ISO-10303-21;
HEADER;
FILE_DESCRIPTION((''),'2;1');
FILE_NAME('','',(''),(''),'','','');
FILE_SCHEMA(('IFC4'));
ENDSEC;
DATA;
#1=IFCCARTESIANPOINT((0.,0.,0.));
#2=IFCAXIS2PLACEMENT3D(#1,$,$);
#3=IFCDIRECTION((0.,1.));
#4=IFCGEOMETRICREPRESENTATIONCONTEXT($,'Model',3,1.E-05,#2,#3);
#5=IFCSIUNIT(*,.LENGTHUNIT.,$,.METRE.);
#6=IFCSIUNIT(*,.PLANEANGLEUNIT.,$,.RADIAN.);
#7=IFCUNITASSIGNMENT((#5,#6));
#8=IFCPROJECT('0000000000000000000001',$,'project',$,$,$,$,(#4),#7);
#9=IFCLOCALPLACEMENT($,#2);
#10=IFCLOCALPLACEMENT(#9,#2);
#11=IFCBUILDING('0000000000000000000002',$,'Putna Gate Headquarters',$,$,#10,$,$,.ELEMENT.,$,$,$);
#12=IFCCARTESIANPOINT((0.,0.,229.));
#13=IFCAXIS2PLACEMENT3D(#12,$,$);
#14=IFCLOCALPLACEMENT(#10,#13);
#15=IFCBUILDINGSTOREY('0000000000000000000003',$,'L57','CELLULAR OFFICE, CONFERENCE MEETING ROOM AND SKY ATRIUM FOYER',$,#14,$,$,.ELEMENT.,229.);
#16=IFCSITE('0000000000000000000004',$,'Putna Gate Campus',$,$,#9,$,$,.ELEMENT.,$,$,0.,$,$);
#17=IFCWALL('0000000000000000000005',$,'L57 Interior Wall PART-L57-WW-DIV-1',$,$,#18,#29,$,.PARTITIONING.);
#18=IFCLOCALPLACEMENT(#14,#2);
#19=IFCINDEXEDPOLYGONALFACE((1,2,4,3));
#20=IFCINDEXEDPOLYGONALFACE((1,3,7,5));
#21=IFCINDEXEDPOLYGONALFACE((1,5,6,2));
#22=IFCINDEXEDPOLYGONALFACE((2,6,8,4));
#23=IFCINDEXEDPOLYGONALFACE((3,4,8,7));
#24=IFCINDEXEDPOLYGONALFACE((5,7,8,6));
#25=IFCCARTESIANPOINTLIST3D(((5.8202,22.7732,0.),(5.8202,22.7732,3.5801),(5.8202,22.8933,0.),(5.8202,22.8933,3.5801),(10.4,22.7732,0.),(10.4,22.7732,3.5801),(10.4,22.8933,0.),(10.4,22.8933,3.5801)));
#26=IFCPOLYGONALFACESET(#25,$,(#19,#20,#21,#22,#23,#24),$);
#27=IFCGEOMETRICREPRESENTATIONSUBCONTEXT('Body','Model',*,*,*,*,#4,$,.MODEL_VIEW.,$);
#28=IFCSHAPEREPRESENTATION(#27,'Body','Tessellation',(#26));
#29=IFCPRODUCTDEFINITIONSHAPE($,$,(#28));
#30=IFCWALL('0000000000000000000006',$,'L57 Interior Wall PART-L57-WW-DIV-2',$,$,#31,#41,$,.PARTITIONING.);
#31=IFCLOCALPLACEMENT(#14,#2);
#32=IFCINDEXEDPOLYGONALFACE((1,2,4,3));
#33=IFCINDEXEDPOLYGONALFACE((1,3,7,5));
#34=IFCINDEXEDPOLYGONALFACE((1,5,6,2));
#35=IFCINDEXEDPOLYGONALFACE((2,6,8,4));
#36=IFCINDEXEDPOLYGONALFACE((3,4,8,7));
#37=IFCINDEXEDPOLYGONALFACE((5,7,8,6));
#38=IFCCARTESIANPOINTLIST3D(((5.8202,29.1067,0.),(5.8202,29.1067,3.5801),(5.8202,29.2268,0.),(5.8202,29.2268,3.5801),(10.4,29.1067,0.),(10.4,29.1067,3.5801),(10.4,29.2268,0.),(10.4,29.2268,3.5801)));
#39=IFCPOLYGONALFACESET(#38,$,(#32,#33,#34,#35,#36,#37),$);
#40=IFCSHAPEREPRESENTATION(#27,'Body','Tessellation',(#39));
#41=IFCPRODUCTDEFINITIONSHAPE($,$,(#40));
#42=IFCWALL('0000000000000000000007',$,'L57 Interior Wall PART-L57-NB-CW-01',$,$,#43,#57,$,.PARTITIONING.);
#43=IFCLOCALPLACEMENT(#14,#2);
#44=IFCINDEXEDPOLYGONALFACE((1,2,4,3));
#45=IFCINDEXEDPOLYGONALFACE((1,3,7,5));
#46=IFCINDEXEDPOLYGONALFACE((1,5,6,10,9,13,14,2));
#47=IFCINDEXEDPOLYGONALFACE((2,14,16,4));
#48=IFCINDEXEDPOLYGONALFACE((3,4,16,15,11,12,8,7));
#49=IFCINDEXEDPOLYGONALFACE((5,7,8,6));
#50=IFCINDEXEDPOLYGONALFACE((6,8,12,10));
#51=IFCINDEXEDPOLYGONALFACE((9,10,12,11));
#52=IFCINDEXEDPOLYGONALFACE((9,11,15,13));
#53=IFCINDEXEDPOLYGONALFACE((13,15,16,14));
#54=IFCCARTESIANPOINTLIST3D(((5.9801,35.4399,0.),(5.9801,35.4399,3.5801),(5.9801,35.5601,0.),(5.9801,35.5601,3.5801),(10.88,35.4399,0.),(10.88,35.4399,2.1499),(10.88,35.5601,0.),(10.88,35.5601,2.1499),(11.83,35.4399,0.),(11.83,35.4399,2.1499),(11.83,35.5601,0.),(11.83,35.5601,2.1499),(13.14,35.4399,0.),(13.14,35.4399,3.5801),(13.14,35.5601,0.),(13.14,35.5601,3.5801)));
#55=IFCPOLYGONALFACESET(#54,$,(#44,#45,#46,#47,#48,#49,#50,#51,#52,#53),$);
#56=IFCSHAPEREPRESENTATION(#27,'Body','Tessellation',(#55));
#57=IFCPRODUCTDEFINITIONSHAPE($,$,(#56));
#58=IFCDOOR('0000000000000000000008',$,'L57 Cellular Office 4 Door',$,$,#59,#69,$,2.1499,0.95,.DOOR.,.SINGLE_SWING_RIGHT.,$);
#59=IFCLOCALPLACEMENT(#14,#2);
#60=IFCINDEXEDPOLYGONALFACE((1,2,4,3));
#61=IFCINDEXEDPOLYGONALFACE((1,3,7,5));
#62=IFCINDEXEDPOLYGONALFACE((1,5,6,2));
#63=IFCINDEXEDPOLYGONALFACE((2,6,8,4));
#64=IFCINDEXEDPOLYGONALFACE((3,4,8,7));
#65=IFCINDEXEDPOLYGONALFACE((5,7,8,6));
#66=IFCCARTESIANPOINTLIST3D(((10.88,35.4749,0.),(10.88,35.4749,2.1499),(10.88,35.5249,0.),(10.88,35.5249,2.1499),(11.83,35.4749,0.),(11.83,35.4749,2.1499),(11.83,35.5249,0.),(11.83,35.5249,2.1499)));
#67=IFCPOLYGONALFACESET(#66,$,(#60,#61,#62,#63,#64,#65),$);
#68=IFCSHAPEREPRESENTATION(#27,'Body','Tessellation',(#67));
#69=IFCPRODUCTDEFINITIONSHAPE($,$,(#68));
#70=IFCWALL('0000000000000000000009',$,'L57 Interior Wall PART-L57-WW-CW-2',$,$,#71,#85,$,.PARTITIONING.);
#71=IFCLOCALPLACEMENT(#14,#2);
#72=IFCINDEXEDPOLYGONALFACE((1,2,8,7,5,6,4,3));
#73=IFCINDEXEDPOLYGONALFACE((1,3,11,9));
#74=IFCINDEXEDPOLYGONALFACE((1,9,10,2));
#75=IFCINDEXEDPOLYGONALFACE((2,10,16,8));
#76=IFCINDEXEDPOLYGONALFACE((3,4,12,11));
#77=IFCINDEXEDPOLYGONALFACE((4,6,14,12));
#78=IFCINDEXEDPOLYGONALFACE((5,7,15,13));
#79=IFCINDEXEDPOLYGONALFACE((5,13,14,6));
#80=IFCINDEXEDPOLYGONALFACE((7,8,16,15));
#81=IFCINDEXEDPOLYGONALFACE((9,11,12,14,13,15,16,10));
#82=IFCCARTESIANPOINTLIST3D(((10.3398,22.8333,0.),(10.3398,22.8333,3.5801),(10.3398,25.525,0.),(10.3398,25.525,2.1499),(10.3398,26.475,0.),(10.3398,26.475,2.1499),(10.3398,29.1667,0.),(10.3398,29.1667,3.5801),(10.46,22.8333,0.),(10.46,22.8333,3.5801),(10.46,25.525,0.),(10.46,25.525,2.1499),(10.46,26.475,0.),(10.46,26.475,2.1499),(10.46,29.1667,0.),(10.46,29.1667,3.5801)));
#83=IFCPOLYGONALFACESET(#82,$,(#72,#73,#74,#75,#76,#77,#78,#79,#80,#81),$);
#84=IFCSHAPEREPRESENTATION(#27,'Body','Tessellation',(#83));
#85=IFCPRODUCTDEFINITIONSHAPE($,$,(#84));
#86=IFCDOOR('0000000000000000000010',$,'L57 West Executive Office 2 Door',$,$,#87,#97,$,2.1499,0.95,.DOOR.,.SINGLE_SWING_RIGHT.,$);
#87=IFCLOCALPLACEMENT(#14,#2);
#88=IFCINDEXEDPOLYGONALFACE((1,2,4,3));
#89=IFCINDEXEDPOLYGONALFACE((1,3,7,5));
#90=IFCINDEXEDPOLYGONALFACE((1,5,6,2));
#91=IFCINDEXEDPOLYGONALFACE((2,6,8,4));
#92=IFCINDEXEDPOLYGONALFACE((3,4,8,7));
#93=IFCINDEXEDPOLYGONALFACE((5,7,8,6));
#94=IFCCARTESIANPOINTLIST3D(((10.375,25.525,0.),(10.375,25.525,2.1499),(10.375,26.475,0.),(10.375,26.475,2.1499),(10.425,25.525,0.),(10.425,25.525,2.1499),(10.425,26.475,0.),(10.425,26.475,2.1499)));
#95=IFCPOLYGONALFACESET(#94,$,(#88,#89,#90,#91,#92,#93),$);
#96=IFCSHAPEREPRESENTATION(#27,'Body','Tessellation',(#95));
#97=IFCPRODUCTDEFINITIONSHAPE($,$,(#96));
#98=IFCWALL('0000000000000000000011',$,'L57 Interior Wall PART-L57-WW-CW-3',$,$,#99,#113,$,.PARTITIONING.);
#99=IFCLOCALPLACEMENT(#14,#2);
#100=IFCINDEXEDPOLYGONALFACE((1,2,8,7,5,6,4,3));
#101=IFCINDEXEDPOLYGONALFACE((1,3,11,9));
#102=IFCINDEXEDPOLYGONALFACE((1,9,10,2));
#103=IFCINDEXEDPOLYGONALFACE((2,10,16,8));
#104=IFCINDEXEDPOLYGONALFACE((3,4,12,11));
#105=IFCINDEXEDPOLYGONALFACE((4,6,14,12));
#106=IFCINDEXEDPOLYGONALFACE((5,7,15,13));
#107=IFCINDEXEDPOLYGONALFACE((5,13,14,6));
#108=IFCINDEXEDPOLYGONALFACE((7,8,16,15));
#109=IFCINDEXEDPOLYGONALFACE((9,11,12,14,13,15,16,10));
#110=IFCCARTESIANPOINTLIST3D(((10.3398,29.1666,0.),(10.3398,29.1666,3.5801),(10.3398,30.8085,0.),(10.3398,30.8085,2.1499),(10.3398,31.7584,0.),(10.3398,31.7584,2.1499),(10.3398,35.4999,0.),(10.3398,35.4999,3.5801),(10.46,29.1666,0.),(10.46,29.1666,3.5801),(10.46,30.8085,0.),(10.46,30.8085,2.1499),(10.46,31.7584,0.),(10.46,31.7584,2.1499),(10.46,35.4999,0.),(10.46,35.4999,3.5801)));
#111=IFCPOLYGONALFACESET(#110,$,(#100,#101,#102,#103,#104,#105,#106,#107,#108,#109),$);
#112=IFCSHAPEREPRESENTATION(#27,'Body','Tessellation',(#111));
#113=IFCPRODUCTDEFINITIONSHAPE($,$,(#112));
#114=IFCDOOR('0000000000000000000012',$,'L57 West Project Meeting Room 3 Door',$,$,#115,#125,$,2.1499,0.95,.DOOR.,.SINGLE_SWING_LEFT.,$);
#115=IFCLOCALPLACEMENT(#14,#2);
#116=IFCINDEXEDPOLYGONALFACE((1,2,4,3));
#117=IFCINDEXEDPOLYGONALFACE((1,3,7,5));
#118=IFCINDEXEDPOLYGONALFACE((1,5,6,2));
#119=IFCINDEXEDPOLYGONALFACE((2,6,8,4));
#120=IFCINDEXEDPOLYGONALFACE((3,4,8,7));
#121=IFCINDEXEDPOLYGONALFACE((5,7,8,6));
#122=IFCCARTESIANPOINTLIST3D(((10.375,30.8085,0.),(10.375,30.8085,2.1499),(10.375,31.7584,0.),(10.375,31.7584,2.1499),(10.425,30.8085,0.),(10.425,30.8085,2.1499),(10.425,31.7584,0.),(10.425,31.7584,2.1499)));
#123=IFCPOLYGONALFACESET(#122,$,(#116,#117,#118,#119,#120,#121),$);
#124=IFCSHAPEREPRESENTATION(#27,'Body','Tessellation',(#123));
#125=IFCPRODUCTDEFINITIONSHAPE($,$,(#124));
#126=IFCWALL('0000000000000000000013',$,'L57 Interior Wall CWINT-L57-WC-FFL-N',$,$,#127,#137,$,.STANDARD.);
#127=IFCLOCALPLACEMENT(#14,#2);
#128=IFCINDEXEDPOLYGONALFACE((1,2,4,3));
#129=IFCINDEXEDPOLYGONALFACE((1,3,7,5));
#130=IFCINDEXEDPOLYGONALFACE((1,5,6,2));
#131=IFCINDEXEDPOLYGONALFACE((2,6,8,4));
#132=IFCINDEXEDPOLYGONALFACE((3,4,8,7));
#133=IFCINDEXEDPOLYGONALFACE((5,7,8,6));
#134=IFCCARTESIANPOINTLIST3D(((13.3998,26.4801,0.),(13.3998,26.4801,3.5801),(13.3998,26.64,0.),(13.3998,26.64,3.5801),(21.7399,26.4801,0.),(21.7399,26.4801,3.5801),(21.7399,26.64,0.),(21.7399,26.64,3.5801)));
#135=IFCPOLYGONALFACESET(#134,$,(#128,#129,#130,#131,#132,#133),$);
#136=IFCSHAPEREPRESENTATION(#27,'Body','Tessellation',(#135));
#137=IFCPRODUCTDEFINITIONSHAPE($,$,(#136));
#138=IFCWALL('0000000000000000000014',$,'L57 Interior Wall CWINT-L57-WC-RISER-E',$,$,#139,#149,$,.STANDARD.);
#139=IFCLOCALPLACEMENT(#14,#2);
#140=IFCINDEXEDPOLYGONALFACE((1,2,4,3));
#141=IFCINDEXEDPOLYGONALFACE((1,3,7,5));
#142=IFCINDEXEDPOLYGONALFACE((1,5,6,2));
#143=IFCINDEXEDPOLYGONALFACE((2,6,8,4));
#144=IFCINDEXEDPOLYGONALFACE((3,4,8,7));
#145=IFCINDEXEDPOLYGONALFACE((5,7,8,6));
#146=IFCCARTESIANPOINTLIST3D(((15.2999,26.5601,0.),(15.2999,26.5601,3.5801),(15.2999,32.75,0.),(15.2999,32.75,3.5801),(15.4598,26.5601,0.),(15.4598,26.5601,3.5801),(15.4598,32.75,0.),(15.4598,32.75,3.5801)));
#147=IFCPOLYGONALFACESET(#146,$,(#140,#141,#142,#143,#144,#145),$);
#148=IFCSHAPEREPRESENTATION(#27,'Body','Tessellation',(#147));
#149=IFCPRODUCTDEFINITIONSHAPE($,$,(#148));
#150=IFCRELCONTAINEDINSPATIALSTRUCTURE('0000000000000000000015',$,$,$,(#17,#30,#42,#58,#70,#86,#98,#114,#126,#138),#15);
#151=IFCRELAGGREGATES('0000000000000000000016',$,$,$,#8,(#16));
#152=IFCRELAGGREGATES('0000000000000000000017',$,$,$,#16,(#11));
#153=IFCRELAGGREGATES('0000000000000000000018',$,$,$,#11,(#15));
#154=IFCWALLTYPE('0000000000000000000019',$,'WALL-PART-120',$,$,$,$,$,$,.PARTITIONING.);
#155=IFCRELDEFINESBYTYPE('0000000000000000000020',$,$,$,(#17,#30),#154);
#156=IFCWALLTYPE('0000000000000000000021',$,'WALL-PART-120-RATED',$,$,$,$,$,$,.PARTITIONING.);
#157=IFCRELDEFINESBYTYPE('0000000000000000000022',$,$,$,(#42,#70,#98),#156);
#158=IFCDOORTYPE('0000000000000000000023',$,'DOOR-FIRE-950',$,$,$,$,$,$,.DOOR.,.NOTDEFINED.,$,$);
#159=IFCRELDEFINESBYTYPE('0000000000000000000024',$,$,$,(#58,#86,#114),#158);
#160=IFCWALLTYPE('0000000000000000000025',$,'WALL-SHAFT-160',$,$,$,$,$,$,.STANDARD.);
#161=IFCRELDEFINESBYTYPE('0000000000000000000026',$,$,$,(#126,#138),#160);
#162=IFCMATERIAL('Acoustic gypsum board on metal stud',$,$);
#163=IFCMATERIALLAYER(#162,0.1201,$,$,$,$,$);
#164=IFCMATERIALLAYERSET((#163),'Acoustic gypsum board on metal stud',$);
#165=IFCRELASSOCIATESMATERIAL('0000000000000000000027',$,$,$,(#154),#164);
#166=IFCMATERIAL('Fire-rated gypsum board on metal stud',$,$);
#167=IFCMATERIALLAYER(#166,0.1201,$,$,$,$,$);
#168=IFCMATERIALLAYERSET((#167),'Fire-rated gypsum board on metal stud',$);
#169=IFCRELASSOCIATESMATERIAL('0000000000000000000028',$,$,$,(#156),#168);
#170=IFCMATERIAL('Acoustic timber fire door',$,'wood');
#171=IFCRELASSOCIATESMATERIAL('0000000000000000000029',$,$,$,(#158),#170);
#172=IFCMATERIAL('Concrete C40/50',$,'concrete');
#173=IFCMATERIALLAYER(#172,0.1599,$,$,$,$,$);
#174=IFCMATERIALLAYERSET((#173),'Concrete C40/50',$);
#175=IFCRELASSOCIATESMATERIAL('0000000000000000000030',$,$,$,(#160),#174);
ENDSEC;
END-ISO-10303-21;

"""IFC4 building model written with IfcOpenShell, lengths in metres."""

from ifc_helpers import new_model, si_unit, direction, frame, frame_2d, origin, place, context, subcontext, project, spatial, rectangle, extrude, material, layer, layer_set, type_object, element, fill, save


model = new_model("IFC4")

# Units and contexts
model_context = context("Model", 3, precision=1e-05, world=origin(), true_north=direction((0.0, 1.0)))
body_context = subcontext(model_context, "Body", "Model", "MODEL_VIEW")
ifc_project = project(units=[si_unit("LENGTHUNIT", "METRE"), si_unit("PLANEANGLEUNIT", "RADIAN")], contexts=[model_context])

# Site, building, storey
site_placement = place(None, origin())
site = spatial("IfcSite", under=ifc_project, at=site_placement, Name="Putna Gate Campus", CompositionType="ELEMENT", RefElevation=0.0)
building_placement = place(site_placement, origin())
building = spatial("IfcBuilding", under=site, at=building_placement, Name="Putna Gate Headquarters", CompositionType="ELEMENT")
storey_placement = place(building_placement, frame((0.0, 0.0, 229.0)))
storey = spatial("IfcBuildingStorey", under=building, at=storey_placement, Name="L57", Description="CELLULAR OFFICE, CONFERENCE MEETING ROOM AND SKY ATRIUM FOYER", CompositionType="ELEMENT", Elevation=229.0)

# Walls
ifc_material_1 = material(Name="Acoustic gypsum board on metal stud")
ifc_layer_1 = layer(ifc_material_1, 0.1201)
ifc_layer_set_1 = layer_set([ifc_layer_1], Name="Acoustic gypsum board on metal stud")
wall_type_1 = type_object("IfcWallType", Name="WALL-PART-120", PredefinedType="PARTITIONING", material=ifc_layer_set_1)
for number, where, z_axis, x_axis, name in (
    (1, (5.8201, 22.8333, 0.0), (0.0, 0.0, 1.0), (1.0, 0.0, 0.0), "L57 Interior Wall PART-L57-WW-DIV-1"),
    (2, (5.8201, 29.1667, 0.0), (0.0, 0.0, 1.0), (1.0, 0.0, 0.0), "L57 Interior Wall PART-L57-WW-DIV-2"),
):
    element("IfcWall", number, at=place(storey_placement, frame(where, z_axis=z_axis, x_axis=x_axis)), inside=storey, type_object=wall_type_1, Name=name, PredefinedType="PARTITIONING", context=body_context, shape_type="SweptSolid", body=[
        extrude(rectangle(XDim=4.5798, YDim=0.1201, at=frame_2d((2.29, 0.0))), origin(), (0.0, 0.0, 1.0), 3.5801),
    ])

# Walls, openings, doors
ifc_material_2 = material(Name="Fire-rated gypsum board on metal stud")
ifc_layer_2 = layer(ifc_material_2, 0.1201)
ifc_layer_set_2 = layer_set([ifc_layer_2], Name="Fire-rated gypsum board on metal stud")
wall_type_2 = type_object("IfcWallType", Name="WALL-PART-120-RATED", PredefinedType="PARTITIONING", material=ifc_layer_set_2)
wall_1_placement = place(storey_placement, frame((5.98, 35.5, 0.0), z_axis=(0.0, 0.0, 1.0), x_axis=(1.0, 0.0, 0.0)))
wall_1 = element("IfcWall", 3, at=wall_1_placement, inside=storey, type_object=wall_type_2, Name="L57 Interior Wall PART-L57-NB-CW-01", PredefinedType="PARTITIONING", context=body_context, shape_type="SweptSolid", body=[
    extrude(rectangle(XDim=7.1599, YDim=0.1201, at=frame_2d((3.5801, 0.0))), origin(), (0.0, 0.0, 1.0), 3.5801),
])
opening_1_placement = place(wall_1_placement, frame((4.8999, 0.0, 0.0)))
opening_1 = element("IfcOpeningElement", 4, at=opening_1_placement, cuts=wall_1, PredefinedType="OPENING", context=body_context, shape_type="SweptSolid", body=[
    extrude(rectangle(XDim=0.95, YDim=2.1499, at=frame_2d((0.4751, 1.075))), frame((0.0, 0.0701, 0.0), z_axis=(0.0, -1.0, 0.0), x_axis=(1.0, 0.0, 0.0)), (0.0, 0.0, 1.0), 0.1401),
])
ifc_material_3 = material(Name="Acoustic timber fire door", Category="wood")
door_type_1 = type_object("IfcDoorType", Name="DOOR-FIRE-950", OperationType="NOTDEFINED", PredefinedType="DOOR", material=ifc_material_3)
door_1_placement = place(opening_1_placement, origin())
door_1 = element("IfcDoor", 5, at=door_1_placement, inside=storey, type_object=door_type_1, Name="L57 Cellular Office 4 Door", OperationType="SINGLE_SWING_RIGHT", OverallHeight=2.1499, OverallWidth=0.95, PredefinedType="DOOR", context=body_context, shape_type="SweptSolid", body=[
    extrude(rectangle(XDim=0.95, YDim=2.1499, at=frame_2d((0.4751, 1.075))), frame((0.0, 0.0249, 0.0), z_axis=(0.0, -1.0, 0.0), x_axis=(1.0, 0.0, 0.0)), (0.0, 0.0, 1.0), 0.05),
])
fill(opening_1, door_1)
wall_2_placement = place(storey_placement, frame((10.3999, 22.8333, 0.0), z_axis=(0.0, 0.0, 1.0), x_axis=(0.0, 1.0, 0.0)))
wall_2 = element("IfcWall", 6, at=wall_2_placement, inside=storey, type_object=wall_type_2, Name="L57 Interior Wall PART-L57-WW-CW-2", PredefinedType="PARTITIONING", context=body_context, shape_type="SweptSolid", body=[
    extrude(rectangle(XDim=6.3335, YDim=0.1201, at=frame_2d((3.1667, 0.0))), origin(), (0.0, 0.0, 1.0), 3.5801),
])
opening_2_placement = place(wall_2_placement, frame((2.6917, 0.0, 0.0)))
opening_2 = element("IfcOpeningElement", 7, at=opening_2_placement, cuts=wall_2, PredefinedType="OPENING", context=body_context, shape_type="SweptSolid", body=[
    extrude(rectangle(XDim=0.95, YDim=2.1499, at=frame_2d((0.4751, 1.075))), frame((0.0, 0.0701, 0.0), z_axis=(0.0, -1.0, 0.0), x_axis=(1.0, 0.0, 0.0)), (0.0, 0.0, 1.0), 0.1401),
])
door_2_placement = place(opening_2_placement, origin())
door_2 = element("IfcDoor", 8, at=door_2_placement, inside=storey, type_object=door_type_1, Name="L57 West Executive Office 2 Door", OperationType="SINGLE_SWING_RIGHT", OverallHeight=2.1499, OverallWidth=0.95, PredefinedType="DOOR", context=body_context, shape_type="SweptSolid", body=[
    extrude(rectangle(XDim=0.95, YDim=2.1499, at=frame_2d((0.4751, 1.075))), frame((0.0, 0.0249, 0.0), z_axis=(0.0, -1.0, 0.0), x_axis=(1.0, 0.0, 0.0)), (0.0, 0.0, 1.0), 0.05),
])
fill(opening_2, door_2)
wall_3_placement = place(storey_placement, frame((10.3999, 29.1667, 0.0), z_axis=(0.0, 0.0, 1.0), x_axis=(0.0, 1.0, 0.0)))
wall_3 = element("IfcWall", 9, at=wall_3_placement, inside=storey, type_object=wall_type_2, Name="L57 Interior Wall PART-L57-WW-CW-3", PredefinedType="PARTITIONING", context=body_context, shape_type="SweptSolid", body=[
    extrude(rectangle(XDim=6.3333, YDim=0.1201, at=frame_2d((3.1665, 0.0))), origin(), (0.0, 0.0, 1.0), 3.5801),
])
opening_3_placement = place(wall_3_placement, frame((1.6416, 0.0, 0.0)))
opening_3 = element("IfcOpeningElement", 10, at=opening_3_placement, cuts=wall_3, PredefinedType="OPENING", context=body_context, shape_type="SweptSolid", body=[
    extrude(rectangle(XDim=0.95, YDim=2.1499, at=frame_2d((0.4751, 1.075))), frame((0.0, 0.0701, 0.0), z_axis=(0.0, -1.0, 0.0), x_axis=(1.0, 0.0, 0.0)), (0.0, 0.0, 1.0), 0.1401),
])
door_3_placement = place(opening_3_placement, origin())
door_3 = element("IfcDoor", 11, at=door_3_placement, inside=storey, type_object=door_type_1, Name="L57 West Project Meeting Room 3 Door", OperationType="SINGLE_SWING_LEFT", OverallHeight=2.1499, OverallWidth=0.95, PredefinedType="DOOR", context=body_context, shape_type="SweptSolid", body=[
    extrude(rectangle(XDim=0.95, YDim=2.1499, at=frame_2d((0.4751, 1.075))), frame((0.0, 0.0249, 0.0), z_axis=(0.0, -1.0, 0.0), x_axis=(1.0, 0.0, 0.0)), (0.0, 0.0, 1.0), 0.05),
])
fill(opening_3, door_3)

# Walls
ifc_material_4 = material(Name="Concrete C40/50", Category="concrete")
ifc_layer_3 = layer(ifc_material_4, 0.1599)
ifc_layer_set_3 = layer_set([ifc_layer_3], Name="Concrete C40/50")
wall_type_3 = type_object("IfcWallType", Name="WALL-SHAFT-160", PredefinedType="STANDARD", material=ifc_layer_set_3)
wall_4_placement = place(storey_placement, frame((13.3999, 26.5601, 0.0), z_axis=(0.0, 0.0, 1.0), x_axis=(1.0, 0.0, 0.0)))
element("IfcWall", 12, at=wall_4_placement, inside=storey, type_object=wall_type_3, Name="L57 Interior Wall CWINT-L57-WC-FFL-N", PredefinedType="STANDARD", context=body_context, shape_type="SweptSolid", body=[
    extrude(rectangle(XDim=8.3401, YDim=0.1599, at=frame_2d((4.1699, 0.0))), origin(), (0.0, 0.0, 1.0), 3.5801),
])
wall_5_placement = place(storey_placement, frame((15.3799, 26.5601, 0.0), z_axis=(0.0, 0.0, 1.0), x_axis=(0.0, 1.0, 0.0)))
element("IfcWall", 13, at=wall_5_placement, inside=storey, type_object=wall_type_3, Name="L57 Interior Wall CWINT-L57-WC-RISER-E", PredefinedType="STANDARD", context=body_context, shape_type="SweptSolid", body=[
    extrude(rectangle(XDim=6.1899, YDim=0.1599, at=frame_2d((3.095, 0.0))), origin(), (0.0, 0.0, 1.0), 3.5801),
])

save(model, "model.ifc")
